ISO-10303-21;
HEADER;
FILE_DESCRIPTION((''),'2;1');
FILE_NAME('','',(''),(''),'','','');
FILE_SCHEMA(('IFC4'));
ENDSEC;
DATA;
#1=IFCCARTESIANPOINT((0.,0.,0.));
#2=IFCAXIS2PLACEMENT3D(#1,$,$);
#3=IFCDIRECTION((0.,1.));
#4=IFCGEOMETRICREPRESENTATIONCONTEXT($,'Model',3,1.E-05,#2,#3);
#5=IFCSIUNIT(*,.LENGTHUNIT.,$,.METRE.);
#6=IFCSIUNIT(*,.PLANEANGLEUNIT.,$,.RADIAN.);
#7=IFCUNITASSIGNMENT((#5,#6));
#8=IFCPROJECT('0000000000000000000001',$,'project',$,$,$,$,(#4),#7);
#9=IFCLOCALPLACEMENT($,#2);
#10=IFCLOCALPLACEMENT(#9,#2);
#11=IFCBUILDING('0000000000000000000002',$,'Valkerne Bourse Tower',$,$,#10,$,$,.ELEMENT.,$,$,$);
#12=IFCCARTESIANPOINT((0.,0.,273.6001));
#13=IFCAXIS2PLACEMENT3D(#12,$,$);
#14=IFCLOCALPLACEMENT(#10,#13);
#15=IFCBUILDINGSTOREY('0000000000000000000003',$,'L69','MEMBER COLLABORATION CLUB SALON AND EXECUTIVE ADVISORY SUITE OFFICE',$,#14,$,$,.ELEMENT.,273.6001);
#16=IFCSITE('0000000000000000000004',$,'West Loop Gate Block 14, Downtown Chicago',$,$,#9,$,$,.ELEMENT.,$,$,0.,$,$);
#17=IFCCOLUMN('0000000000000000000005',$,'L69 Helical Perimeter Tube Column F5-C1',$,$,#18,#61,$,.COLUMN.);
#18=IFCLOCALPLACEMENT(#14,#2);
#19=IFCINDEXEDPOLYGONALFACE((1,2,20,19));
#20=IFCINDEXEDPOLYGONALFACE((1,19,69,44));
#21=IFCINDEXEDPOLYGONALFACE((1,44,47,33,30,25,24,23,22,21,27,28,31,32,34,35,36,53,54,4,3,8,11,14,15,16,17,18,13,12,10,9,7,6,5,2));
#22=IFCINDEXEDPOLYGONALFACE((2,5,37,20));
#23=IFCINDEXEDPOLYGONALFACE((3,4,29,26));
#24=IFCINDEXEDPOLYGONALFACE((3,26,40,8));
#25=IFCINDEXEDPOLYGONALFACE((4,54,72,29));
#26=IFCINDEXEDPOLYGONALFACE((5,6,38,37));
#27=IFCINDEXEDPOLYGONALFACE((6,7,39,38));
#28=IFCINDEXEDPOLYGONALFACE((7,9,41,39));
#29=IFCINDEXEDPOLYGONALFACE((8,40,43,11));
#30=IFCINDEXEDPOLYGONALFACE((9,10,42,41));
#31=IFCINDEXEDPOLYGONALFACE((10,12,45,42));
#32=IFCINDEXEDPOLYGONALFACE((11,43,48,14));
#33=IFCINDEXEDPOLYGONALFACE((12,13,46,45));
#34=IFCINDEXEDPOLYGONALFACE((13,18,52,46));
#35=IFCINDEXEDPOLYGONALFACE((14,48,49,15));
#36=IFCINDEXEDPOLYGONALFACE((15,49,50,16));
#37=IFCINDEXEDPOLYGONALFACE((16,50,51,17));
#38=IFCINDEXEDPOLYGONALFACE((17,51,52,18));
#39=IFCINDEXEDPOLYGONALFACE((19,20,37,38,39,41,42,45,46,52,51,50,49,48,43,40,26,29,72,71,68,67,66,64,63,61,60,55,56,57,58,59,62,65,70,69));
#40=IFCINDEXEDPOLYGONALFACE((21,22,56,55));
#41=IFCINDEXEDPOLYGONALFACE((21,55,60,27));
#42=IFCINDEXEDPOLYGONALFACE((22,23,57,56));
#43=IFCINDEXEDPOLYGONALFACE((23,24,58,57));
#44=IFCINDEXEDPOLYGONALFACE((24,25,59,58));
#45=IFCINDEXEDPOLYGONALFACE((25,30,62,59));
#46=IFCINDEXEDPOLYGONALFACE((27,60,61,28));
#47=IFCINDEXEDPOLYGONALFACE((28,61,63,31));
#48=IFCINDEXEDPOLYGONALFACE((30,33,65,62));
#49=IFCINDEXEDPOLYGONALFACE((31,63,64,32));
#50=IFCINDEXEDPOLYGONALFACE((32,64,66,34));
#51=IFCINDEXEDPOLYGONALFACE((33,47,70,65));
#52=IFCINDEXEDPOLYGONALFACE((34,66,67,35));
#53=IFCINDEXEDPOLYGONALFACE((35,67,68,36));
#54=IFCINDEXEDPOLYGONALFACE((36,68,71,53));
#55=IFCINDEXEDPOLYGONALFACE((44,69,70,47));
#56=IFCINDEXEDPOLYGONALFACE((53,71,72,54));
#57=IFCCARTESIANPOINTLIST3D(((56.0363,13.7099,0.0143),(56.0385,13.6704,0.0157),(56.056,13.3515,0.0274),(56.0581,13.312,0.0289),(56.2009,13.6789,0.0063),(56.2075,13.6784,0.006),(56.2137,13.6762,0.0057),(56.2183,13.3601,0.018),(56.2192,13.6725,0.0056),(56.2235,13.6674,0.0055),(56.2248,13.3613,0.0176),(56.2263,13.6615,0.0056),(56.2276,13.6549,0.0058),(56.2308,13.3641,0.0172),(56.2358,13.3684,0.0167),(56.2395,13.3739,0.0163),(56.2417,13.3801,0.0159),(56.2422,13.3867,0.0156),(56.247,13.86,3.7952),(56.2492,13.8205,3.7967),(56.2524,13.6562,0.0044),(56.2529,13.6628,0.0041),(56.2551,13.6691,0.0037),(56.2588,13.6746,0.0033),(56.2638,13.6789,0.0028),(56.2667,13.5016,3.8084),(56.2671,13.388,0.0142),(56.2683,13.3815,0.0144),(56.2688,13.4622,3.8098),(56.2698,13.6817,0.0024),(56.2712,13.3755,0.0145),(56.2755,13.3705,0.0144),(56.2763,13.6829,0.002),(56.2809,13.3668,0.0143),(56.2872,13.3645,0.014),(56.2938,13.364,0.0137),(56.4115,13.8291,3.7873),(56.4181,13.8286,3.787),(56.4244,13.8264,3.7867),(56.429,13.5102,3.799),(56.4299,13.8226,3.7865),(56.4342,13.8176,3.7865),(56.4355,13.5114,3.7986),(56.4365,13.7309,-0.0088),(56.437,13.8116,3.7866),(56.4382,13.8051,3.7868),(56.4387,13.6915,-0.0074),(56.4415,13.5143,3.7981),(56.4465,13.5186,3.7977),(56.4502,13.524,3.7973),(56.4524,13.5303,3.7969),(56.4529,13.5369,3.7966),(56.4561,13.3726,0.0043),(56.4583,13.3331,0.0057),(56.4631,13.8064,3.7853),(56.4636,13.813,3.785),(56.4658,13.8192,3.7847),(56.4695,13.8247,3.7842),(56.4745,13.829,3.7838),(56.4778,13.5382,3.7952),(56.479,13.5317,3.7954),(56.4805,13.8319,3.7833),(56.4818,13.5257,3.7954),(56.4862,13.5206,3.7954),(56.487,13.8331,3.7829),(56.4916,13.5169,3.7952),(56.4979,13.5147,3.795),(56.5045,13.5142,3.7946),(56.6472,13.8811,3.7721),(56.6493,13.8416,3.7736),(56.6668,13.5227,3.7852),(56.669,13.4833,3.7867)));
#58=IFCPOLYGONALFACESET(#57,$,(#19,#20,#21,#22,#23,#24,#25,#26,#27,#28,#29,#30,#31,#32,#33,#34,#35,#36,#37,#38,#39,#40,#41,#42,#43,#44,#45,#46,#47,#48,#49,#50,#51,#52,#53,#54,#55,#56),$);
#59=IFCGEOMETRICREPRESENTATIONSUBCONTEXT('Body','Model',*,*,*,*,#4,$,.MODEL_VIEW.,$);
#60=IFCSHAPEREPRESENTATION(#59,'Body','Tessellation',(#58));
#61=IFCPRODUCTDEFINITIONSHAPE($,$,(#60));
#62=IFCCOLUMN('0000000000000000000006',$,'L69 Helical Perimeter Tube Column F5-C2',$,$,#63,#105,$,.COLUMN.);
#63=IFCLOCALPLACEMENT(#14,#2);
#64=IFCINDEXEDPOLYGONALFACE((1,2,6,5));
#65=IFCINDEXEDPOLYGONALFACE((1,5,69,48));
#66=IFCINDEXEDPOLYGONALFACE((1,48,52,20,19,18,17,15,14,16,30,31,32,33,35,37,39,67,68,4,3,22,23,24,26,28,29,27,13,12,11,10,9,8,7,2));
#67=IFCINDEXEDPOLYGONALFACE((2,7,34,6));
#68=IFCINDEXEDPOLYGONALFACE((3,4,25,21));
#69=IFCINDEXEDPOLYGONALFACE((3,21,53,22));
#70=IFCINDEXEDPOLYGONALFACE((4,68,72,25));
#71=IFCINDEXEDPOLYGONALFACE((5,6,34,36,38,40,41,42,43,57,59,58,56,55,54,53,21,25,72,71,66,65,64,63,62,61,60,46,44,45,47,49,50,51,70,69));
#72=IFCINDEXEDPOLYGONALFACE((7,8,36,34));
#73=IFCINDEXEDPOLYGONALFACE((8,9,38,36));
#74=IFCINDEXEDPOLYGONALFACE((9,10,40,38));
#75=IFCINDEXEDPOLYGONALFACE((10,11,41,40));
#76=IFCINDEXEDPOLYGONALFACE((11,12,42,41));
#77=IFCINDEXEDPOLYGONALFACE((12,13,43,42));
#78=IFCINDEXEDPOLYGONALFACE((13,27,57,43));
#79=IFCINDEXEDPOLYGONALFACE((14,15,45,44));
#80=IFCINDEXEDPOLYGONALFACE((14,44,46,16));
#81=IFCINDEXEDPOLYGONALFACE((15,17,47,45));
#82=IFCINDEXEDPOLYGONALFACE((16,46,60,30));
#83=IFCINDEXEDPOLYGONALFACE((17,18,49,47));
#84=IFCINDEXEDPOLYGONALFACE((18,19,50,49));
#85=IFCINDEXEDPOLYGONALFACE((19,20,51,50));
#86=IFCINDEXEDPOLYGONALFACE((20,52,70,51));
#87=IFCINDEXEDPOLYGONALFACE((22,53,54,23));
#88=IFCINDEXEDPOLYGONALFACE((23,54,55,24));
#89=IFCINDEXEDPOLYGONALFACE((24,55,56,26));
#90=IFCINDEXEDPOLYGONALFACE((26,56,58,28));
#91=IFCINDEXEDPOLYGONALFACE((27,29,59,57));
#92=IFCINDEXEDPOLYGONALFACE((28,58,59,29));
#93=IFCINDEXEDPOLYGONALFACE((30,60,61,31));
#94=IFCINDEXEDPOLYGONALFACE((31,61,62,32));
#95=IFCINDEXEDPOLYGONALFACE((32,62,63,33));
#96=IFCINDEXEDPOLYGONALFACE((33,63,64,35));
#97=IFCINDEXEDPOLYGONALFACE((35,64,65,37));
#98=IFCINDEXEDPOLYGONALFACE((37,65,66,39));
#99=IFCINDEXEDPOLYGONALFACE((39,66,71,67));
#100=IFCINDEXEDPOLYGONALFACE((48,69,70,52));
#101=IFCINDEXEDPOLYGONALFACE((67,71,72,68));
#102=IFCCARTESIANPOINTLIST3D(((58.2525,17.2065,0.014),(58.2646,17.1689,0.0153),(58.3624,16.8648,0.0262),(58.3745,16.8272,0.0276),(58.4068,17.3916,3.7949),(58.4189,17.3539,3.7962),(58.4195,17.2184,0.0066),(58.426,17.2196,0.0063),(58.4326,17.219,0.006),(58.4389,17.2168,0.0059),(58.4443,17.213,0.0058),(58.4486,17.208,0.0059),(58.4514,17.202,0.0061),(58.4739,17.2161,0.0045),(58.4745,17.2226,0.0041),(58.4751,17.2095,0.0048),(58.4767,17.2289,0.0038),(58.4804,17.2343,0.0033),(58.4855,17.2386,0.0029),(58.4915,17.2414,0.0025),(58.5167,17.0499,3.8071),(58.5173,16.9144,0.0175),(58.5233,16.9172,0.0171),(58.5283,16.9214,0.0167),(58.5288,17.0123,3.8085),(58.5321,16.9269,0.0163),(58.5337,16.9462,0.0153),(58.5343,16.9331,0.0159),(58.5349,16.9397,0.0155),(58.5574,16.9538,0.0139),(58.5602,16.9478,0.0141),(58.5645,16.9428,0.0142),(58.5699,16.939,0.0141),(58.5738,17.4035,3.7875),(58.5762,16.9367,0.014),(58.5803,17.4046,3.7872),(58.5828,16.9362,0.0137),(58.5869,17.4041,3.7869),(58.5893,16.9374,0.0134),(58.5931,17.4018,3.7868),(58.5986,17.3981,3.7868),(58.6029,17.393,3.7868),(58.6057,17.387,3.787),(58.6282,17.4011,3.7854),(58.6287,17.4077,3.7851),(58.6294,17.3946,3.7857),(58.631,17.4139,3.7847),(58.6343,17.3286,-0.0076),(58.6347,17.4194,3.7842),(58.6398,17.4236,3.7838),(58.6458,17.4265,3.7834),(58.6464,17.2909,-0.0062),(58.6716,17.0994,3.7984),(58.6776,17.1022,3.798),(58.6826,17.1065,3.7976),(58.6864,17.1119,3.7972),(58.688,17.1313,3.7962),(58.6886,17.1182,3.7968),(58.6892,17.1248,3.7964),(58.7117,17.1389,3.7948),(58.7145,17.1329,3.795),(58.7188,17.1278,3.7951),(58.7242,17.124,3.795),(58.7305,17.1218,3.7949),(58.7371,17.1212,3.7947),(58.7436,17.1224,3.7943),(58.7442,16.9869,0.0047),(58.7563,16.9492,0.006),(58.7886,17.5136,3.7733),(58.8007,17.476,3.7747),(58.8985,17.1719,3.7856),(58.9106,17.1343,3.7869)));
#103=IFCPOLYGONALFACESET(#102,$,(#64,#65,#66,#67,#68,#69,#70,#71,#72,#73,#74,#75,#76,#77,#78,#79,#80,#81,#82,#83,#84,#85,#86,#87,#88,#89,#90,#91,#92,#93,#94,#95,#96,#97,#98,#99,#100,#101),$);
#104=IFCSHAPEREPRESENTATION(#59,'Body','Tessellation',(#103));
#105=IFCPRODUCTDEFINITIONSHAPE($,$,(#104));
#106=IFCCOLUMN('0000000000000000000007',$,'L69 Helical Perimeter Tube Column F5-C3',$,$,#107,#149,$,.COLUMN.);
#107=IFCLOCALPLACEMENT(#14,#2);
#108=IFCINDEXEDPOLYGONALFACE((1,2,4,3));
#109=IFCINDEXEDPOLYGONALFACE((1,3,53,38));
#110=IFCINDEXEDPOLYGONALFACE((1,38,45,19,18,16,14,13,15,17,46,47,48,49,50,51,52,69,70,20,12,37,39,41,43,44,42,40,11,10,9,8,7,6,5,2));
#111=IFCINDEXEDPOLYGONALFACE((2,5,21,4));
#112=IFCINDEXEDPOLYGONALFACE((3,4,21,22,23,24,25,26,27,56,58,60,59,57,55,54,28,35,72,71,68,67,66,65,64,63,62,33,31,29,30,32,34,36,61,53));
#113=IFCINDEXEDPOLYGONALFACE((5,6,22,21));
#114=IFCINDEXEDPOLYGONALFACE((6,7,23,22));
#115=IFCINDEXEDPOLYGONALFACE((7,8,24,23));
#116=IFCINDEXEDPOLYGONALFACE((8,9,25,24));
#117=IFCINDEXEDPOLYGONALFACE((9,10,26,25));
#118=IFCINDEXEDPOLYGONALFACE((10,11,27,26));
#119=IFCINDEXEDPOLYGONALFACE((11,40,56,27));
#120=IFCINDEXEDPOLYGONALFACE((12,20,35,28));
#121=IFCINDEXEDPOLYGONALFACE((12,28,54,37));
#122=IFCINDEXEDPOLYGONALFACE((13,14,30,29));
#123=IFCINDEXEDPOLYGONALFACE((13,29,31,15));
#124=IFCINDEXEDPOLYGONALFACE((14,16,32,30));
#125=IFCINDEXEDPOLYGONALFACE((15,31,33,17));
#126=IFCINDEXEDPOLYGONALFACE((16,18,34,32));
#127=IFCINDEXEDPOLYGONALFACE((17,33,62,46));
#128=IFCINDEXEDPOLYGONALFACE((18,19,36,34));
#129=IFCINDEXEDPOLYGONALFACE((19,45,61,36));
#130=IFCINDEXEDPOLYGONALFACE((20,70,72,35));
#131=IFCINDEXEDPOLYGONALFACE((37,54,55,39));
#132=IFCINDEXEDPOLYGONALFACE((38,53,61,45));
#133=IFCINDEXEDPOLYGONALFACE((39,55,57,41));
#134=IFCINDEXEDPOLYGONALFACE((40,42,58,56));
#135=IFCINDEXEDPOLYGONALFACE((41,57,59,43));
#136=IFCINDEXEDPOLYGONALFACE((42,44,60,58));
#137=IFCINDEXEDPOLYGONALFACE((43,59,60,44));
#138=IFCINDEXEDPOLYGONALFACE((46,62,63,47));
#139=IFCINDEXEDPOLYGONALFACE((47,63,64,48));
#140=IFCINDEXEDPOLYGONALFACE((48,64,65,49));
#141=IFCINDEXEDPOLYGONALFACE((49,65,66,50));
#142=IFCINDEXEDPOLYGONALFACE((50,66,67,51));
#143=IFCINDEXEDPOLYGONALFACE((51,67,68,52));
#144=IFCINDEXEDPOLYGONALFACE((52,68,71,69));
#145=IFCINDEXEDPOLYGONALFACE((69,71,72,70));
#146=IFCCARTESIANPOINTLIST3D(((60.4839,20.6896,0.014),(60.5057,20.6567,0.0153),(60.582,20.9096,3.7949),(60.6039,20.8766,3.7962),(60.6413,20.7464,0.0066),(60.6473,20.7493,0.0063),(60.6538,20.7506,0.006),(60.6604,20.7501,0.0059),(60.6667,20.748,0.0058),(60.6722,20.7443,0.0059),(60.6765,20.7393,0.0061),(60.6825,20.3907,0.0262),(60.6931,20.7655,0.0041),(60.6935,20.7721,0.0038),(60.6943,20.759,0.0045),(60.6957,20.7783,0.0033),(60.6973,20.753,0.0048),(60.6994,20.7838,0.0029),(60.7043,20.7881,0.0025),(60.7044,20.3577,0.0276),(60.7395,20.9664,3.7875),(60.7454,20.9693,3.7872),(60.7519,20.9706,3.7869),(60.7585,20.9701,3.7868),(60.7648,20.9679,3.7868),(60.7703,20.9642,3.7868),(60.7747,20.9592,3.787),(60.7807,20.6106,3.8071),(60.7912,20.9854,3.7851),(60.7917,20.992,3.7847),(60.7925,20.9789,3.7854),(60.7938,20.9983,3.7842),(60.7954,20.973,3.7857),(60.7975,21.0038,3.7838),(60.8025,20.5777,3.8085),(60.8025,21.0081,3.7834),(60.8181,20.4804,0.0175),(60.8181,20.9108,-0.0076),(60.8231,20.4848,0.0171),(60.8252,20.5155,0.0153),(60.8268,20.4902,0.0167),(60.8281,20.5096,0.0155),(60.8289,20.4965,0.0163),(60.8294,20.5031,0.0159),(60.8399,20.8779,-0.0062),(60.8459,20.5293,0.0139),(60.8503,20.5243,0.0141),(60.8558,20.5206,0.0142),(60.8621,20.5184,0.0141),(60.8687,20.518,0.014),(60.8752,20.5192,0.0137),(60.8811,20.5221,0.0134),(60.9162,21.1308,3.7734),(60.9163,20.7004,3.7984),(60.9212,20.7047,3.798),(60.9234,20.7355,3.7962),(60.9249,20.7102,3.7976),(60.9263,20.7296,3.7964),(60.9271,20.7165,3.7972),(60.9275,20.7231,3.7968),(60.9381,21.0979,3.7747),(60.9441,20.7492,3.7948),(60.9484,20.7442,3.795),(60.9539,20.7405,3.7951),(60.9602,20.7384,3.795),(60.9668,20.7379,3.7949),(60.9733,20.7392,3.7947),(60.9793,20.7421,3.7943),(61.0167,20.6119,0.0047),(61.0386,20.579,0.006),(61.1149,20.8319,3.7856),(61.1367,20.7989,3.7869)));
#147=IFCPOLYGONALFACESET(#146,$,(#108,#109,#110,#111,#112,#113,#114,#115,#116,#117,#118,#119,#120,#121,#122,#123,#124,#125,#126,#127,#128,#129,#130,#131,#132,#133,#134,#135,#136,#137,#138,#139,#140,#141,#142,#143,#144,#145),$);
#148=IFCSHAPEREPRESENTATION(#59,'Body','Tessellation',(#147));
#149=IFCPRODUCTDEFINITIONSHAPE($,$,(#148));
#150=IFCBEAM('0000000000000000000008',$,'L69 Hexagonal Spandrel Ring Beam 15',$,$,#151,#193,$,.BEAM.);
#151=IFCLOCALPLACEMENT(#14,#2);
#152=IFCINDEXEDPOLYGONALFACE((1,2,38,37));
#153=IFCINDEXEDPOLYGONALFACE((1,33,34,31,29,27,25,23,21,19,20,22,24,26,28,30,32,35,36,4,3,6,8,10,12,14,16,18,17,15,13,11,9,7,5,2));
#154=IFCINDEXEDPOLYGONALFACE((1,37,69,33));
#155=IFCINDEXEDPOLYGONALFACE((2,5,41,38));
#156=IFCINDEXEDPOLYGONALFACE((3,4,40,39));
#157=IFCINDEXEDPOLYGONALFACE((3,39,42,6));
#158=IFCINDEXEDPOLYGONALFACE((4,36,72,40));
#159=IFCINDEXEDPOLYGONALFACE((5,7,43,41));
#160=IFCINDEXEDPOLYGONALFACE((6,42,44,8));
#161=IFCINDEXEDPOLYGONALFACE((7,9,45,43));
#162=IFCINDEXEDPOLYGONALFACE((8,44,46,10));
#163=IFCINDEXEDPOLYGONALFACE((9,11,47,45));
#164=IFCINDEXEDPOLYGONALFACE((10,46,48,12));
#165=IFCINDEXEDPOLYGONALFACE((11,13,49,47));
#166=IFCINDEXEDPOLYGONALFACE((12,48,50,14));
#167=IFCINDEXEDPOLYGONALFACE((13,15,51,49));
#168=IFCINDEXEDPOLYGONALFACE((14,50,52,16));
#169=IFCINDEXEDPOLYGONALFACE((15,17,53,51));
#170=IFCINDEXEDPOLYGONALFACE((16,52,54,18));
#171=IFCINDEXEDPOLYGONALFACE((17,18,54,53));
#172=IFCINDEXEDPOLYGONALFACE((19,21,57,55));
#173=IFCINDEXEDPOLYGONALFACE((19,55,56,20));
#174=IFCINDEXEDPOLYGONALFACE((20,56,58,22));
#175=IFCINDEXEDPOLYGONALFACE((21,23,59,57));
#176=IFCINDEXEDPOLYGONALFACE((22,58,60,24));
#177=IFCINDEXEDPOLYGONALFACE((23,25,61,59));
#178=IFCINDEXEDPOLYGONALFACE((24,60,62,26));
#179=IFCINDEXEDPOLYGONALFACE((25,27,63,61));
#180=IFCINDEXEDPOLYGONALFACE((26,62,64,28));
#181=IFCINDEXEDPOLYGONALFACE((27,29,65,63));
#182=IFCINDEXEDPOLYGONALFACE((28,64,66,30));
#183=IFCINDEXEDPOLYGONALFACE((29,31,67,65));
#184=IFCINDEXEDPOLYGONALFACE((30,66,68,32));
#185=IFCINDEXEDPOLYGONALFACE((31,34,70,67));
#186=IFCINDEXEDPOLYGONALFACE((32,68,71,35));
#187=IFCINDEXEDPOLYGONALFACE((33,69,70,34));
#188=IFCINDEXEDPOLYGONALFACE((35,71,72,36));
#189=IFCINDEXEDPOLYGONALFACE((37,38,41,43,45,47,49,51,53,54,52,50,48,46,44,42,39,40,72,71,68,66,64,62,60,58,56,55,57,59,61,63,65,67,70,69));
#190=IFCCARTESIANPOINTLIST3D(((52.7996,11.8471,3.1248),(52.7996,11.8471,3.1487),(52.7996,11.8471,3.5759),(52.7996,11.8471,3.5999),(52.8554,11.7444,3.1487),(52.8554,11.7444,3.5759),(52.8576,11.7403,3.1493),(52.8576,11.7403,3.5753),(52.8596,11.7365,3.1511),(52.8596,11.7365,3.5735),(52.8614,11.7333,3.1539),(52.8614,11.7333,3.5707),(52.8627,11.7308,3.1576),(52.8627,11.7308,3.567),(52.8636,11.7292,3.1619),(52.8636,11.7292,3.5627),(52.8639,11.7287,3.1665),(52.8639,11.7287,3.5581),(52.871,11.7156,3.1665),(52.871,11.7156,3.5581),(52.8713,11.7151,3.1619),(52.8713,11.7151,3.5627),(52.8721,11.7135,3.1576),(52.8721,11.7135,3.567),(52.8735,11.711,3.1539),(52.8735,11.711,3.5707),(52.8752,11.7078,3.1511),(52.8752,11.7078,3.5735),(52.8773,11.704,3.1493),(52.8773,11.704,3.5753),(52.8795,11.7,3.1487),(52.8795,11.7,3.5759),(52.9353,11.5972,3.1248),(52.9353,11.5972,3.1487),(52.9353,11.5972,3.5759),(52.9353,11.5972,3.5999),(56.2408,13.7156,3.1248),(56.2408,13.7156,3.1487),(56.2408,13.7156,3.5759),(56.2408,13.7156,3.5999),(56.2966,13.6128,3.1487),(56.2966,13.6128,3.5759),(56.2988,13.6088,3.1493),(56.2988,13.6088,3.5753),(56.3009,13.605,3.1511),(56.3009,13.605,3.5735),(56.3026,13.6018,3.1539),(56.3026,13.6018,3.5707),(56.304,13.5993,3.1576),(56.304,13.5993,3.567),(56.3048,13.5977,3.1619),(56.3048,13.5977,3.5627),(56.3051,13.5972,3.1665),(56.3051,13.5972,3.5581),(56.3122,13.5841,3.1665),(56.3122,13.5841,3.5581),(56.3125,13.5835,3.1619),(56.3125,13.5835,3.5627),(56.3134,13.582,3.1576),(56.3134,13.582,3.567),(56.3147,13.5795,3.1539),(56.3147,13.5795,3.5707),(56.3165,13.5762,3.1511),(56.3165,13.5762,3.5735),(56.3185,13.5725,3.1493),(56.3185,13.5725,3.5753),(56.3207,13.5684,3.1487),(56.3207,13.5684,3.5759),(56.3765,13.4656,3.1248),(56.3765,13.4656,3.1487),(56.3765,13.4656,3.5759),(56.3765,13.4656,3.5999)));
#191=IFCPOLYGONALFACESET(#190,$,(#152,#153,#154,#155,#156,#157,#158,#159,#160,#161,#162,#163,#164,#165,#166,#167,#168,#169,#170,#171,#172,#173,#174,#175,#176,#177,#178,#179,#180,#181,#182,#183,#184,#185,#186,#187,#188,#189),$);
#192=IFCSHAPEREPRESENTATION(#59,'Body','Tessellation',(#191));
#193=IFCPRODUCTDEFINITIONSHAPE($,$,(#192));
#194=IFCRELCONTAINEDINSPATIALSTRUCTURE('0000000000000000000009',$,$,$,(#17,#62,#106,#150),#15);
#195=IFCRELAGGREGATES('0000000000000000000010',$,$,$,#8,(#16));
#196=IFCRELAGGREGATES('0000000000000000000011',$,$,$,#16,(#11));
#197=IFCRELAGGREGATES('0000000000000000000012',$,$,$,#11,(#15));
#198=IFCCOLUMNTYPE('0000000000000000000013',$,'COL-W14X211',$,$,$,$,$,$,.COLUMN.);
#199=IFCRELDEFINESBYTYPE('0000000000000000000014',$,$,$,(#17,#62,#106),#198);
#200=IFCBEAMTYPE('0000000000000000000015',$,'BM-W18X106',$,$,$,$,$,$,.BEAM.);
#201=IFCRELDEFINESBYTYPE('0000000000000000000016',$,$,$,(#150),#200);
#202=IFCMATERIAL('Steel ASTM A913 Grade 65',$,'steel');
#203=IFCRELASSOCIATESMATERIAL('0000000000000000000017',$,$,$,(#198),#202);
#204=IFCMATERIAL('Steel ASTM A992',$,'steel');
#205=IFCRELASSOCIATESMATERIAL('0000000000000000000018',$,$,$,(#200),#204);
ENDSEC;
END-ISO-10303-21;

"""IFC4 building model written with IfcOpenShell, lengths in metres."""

from ifc_helpers import new_model, si_unit, direction, frame, origin, origin_2d, place, context, subcontext, project, spatial, i_section, extrude, material, material_profile, profile_set, type_object, element, save


model = new_model("IFC4")

# Units and contexts
model_context = context("Model", 3, precision=1e-05, world=origin(), true_north=direction((0.0, 1.0)))
body_context = subcontext(model_context, "Body", "Model", "MODEL_VIEW")
ifc_project = project(units=[si_unit("LENGTHUNIT", "METRE"), si_unit("PLANEANGLEUNIT", "RADIAN")], contexts=[model_context])

# Site, building, storey
site_placement = place(None, origin())
site = spatial("IfcSite", under=ifc_project, at=site_placement, Name="West Loop Gate Block 14, Downtown Chicago", CompositionType="ELEMENT", RefElevation=0.0)
building_placement = place(site_placement, origin())
building = spatial("IfcBuilding", under=site, at=building_placement, Name="Valkerne Bourse Tower", CompositionType="ELEMENT")
storey_placement = place(building_placement, frame((0.0, 0.0, 273.6001)))
storey = spatial("IfcBuildingStorey", under=building, at=storey_placement, Name="L69", Description="MEMBER COLLABORATION CLUB SALON AND EXECUTIVE ADVISORY SUITE OFFICE", CompositionType="ELEMENT", Elevation=273.6001)

# Columns
ifc_material_1 = material(Name="Steel ASTM A913 Grade 65", Category="steel")
ifc_material_profile_1 = material_profile(ifc_material_1, i_section(OverallWidth=0.4014, OverallDepth=0.3987, WebThickness=0.0249, FlangeThickness=0.0396, FilletRadius=0.0254, at=origin_2d()), Name="W14X211")
ifc_profile_set_1 = profile_set([ifc_material_profile_1], Name="Steel ASTM A913 Grade 65")
column_type = type_object("IfcColumnType", Name="COL-W14X211", PredefinedType="COLUMN", material=ifc_profile_set_1)
column_placement = place(storey_placement, frame((56.2473, 13.5215, 0.01), z_axis=(0.055594, 0.039618, 0.997667), x_axis=(-0.996956, -0.052497, 0.057639)))
element("IfcColumn", 1, at=column_placement, inside=storey, type_object=column_type, Name="L69 Helical Perimeter Tube Column F5-C1", PredefinedType="COLUMN", context=body_context, shape_type="SweptSolid", body=[
    extrude(i_section(OverallWidth=0.4014, OverallDepth=0.3987, WebThickness=0.0249, FlangeThickness=0.0396, FilletRadius=0.0254, at=origin_2d()), origin(), (0.0, 0.0, 1.0), 3.7898),
])
for number, where, z_axis, x_axis, name in (
    (2, (58.5044, 17.0779, 0.01), (0.040726, 0.048845, 0.997976), (-0.951144, -0.304043, 0.053696), "L69 Helical Perimeter Tube Column F5-C2"),
    (3, (60.7612, 20.6343, 0.01), (0.025905, 0.05806, 0.997977), (-0.83266, -0.551177, 0.05368), "L69 Helical Perimeter Tube Column F5-C3"),
):
    element("IfcColumn", number, at=place(storey_placement, frame(where, z_axis=z_axis, x_axis=x_axis)), inside=storey, type_object=column_type, Name=name, PredefinedType="COLUMN", context=body_context, shape_type="SweptSolid", body=[
        extrude(i_section(OverallWidth=0.4014, OverallDepth=0.3987, WebThickness=0.0249, FlangeThickness=0.0396, FilletRadius=0.0254, at=origin_2d()), origin(), (0.0, 0.0, 1.0), 3.7886),
    ])

# Beam
ifc_material_2 = material(Name="Steel ASTM A992", Category="steel")
ifc_material_profile_2 = material_profile(ifc_material_2, i_section(OverallWidth=0.2844, OverallDepth=0.4751, WebThickness=0.0149, FlangeThickness=0.0239, FilletRadius=0.0178, at=origin_2d()), Name="W18X106")
ifc_profile_set_2 = profile_set([ifc_material_profile_2], Name="Steel ASTM A992")
beam_type = type_object("IfcBeamType", Name="BM-W18X106", PredefinedType="BEAM", material=ifc_profile_set_2)
beam_placement = place(storey_placement, frame((52.8674, 11.7222, 3.3623), z_axis=(0.878816, 0.477161, 0.0), x_axis=(-0.477161, 0.878816, 0.0)))
element("IfcBeam", 4, at=beam_placement, inside=storey, type_object=beam_type, Name="L69 Hexagonal Spandrel Ring Beam 15", PredefinedType="BEAM", context=body_context, shape_type="SweptSolid", body=[
    extrude(i_section(OverallWidth=0.2844, OverallDepth=0.4751, WebThickness=0.0149, FlangeThickness=0.0239, FilletRadius=0.0178, at=origin_2d()), origin(), (0.0, 0.0, 1.0), 3.9158),
])

save(model, "model.ifc")
